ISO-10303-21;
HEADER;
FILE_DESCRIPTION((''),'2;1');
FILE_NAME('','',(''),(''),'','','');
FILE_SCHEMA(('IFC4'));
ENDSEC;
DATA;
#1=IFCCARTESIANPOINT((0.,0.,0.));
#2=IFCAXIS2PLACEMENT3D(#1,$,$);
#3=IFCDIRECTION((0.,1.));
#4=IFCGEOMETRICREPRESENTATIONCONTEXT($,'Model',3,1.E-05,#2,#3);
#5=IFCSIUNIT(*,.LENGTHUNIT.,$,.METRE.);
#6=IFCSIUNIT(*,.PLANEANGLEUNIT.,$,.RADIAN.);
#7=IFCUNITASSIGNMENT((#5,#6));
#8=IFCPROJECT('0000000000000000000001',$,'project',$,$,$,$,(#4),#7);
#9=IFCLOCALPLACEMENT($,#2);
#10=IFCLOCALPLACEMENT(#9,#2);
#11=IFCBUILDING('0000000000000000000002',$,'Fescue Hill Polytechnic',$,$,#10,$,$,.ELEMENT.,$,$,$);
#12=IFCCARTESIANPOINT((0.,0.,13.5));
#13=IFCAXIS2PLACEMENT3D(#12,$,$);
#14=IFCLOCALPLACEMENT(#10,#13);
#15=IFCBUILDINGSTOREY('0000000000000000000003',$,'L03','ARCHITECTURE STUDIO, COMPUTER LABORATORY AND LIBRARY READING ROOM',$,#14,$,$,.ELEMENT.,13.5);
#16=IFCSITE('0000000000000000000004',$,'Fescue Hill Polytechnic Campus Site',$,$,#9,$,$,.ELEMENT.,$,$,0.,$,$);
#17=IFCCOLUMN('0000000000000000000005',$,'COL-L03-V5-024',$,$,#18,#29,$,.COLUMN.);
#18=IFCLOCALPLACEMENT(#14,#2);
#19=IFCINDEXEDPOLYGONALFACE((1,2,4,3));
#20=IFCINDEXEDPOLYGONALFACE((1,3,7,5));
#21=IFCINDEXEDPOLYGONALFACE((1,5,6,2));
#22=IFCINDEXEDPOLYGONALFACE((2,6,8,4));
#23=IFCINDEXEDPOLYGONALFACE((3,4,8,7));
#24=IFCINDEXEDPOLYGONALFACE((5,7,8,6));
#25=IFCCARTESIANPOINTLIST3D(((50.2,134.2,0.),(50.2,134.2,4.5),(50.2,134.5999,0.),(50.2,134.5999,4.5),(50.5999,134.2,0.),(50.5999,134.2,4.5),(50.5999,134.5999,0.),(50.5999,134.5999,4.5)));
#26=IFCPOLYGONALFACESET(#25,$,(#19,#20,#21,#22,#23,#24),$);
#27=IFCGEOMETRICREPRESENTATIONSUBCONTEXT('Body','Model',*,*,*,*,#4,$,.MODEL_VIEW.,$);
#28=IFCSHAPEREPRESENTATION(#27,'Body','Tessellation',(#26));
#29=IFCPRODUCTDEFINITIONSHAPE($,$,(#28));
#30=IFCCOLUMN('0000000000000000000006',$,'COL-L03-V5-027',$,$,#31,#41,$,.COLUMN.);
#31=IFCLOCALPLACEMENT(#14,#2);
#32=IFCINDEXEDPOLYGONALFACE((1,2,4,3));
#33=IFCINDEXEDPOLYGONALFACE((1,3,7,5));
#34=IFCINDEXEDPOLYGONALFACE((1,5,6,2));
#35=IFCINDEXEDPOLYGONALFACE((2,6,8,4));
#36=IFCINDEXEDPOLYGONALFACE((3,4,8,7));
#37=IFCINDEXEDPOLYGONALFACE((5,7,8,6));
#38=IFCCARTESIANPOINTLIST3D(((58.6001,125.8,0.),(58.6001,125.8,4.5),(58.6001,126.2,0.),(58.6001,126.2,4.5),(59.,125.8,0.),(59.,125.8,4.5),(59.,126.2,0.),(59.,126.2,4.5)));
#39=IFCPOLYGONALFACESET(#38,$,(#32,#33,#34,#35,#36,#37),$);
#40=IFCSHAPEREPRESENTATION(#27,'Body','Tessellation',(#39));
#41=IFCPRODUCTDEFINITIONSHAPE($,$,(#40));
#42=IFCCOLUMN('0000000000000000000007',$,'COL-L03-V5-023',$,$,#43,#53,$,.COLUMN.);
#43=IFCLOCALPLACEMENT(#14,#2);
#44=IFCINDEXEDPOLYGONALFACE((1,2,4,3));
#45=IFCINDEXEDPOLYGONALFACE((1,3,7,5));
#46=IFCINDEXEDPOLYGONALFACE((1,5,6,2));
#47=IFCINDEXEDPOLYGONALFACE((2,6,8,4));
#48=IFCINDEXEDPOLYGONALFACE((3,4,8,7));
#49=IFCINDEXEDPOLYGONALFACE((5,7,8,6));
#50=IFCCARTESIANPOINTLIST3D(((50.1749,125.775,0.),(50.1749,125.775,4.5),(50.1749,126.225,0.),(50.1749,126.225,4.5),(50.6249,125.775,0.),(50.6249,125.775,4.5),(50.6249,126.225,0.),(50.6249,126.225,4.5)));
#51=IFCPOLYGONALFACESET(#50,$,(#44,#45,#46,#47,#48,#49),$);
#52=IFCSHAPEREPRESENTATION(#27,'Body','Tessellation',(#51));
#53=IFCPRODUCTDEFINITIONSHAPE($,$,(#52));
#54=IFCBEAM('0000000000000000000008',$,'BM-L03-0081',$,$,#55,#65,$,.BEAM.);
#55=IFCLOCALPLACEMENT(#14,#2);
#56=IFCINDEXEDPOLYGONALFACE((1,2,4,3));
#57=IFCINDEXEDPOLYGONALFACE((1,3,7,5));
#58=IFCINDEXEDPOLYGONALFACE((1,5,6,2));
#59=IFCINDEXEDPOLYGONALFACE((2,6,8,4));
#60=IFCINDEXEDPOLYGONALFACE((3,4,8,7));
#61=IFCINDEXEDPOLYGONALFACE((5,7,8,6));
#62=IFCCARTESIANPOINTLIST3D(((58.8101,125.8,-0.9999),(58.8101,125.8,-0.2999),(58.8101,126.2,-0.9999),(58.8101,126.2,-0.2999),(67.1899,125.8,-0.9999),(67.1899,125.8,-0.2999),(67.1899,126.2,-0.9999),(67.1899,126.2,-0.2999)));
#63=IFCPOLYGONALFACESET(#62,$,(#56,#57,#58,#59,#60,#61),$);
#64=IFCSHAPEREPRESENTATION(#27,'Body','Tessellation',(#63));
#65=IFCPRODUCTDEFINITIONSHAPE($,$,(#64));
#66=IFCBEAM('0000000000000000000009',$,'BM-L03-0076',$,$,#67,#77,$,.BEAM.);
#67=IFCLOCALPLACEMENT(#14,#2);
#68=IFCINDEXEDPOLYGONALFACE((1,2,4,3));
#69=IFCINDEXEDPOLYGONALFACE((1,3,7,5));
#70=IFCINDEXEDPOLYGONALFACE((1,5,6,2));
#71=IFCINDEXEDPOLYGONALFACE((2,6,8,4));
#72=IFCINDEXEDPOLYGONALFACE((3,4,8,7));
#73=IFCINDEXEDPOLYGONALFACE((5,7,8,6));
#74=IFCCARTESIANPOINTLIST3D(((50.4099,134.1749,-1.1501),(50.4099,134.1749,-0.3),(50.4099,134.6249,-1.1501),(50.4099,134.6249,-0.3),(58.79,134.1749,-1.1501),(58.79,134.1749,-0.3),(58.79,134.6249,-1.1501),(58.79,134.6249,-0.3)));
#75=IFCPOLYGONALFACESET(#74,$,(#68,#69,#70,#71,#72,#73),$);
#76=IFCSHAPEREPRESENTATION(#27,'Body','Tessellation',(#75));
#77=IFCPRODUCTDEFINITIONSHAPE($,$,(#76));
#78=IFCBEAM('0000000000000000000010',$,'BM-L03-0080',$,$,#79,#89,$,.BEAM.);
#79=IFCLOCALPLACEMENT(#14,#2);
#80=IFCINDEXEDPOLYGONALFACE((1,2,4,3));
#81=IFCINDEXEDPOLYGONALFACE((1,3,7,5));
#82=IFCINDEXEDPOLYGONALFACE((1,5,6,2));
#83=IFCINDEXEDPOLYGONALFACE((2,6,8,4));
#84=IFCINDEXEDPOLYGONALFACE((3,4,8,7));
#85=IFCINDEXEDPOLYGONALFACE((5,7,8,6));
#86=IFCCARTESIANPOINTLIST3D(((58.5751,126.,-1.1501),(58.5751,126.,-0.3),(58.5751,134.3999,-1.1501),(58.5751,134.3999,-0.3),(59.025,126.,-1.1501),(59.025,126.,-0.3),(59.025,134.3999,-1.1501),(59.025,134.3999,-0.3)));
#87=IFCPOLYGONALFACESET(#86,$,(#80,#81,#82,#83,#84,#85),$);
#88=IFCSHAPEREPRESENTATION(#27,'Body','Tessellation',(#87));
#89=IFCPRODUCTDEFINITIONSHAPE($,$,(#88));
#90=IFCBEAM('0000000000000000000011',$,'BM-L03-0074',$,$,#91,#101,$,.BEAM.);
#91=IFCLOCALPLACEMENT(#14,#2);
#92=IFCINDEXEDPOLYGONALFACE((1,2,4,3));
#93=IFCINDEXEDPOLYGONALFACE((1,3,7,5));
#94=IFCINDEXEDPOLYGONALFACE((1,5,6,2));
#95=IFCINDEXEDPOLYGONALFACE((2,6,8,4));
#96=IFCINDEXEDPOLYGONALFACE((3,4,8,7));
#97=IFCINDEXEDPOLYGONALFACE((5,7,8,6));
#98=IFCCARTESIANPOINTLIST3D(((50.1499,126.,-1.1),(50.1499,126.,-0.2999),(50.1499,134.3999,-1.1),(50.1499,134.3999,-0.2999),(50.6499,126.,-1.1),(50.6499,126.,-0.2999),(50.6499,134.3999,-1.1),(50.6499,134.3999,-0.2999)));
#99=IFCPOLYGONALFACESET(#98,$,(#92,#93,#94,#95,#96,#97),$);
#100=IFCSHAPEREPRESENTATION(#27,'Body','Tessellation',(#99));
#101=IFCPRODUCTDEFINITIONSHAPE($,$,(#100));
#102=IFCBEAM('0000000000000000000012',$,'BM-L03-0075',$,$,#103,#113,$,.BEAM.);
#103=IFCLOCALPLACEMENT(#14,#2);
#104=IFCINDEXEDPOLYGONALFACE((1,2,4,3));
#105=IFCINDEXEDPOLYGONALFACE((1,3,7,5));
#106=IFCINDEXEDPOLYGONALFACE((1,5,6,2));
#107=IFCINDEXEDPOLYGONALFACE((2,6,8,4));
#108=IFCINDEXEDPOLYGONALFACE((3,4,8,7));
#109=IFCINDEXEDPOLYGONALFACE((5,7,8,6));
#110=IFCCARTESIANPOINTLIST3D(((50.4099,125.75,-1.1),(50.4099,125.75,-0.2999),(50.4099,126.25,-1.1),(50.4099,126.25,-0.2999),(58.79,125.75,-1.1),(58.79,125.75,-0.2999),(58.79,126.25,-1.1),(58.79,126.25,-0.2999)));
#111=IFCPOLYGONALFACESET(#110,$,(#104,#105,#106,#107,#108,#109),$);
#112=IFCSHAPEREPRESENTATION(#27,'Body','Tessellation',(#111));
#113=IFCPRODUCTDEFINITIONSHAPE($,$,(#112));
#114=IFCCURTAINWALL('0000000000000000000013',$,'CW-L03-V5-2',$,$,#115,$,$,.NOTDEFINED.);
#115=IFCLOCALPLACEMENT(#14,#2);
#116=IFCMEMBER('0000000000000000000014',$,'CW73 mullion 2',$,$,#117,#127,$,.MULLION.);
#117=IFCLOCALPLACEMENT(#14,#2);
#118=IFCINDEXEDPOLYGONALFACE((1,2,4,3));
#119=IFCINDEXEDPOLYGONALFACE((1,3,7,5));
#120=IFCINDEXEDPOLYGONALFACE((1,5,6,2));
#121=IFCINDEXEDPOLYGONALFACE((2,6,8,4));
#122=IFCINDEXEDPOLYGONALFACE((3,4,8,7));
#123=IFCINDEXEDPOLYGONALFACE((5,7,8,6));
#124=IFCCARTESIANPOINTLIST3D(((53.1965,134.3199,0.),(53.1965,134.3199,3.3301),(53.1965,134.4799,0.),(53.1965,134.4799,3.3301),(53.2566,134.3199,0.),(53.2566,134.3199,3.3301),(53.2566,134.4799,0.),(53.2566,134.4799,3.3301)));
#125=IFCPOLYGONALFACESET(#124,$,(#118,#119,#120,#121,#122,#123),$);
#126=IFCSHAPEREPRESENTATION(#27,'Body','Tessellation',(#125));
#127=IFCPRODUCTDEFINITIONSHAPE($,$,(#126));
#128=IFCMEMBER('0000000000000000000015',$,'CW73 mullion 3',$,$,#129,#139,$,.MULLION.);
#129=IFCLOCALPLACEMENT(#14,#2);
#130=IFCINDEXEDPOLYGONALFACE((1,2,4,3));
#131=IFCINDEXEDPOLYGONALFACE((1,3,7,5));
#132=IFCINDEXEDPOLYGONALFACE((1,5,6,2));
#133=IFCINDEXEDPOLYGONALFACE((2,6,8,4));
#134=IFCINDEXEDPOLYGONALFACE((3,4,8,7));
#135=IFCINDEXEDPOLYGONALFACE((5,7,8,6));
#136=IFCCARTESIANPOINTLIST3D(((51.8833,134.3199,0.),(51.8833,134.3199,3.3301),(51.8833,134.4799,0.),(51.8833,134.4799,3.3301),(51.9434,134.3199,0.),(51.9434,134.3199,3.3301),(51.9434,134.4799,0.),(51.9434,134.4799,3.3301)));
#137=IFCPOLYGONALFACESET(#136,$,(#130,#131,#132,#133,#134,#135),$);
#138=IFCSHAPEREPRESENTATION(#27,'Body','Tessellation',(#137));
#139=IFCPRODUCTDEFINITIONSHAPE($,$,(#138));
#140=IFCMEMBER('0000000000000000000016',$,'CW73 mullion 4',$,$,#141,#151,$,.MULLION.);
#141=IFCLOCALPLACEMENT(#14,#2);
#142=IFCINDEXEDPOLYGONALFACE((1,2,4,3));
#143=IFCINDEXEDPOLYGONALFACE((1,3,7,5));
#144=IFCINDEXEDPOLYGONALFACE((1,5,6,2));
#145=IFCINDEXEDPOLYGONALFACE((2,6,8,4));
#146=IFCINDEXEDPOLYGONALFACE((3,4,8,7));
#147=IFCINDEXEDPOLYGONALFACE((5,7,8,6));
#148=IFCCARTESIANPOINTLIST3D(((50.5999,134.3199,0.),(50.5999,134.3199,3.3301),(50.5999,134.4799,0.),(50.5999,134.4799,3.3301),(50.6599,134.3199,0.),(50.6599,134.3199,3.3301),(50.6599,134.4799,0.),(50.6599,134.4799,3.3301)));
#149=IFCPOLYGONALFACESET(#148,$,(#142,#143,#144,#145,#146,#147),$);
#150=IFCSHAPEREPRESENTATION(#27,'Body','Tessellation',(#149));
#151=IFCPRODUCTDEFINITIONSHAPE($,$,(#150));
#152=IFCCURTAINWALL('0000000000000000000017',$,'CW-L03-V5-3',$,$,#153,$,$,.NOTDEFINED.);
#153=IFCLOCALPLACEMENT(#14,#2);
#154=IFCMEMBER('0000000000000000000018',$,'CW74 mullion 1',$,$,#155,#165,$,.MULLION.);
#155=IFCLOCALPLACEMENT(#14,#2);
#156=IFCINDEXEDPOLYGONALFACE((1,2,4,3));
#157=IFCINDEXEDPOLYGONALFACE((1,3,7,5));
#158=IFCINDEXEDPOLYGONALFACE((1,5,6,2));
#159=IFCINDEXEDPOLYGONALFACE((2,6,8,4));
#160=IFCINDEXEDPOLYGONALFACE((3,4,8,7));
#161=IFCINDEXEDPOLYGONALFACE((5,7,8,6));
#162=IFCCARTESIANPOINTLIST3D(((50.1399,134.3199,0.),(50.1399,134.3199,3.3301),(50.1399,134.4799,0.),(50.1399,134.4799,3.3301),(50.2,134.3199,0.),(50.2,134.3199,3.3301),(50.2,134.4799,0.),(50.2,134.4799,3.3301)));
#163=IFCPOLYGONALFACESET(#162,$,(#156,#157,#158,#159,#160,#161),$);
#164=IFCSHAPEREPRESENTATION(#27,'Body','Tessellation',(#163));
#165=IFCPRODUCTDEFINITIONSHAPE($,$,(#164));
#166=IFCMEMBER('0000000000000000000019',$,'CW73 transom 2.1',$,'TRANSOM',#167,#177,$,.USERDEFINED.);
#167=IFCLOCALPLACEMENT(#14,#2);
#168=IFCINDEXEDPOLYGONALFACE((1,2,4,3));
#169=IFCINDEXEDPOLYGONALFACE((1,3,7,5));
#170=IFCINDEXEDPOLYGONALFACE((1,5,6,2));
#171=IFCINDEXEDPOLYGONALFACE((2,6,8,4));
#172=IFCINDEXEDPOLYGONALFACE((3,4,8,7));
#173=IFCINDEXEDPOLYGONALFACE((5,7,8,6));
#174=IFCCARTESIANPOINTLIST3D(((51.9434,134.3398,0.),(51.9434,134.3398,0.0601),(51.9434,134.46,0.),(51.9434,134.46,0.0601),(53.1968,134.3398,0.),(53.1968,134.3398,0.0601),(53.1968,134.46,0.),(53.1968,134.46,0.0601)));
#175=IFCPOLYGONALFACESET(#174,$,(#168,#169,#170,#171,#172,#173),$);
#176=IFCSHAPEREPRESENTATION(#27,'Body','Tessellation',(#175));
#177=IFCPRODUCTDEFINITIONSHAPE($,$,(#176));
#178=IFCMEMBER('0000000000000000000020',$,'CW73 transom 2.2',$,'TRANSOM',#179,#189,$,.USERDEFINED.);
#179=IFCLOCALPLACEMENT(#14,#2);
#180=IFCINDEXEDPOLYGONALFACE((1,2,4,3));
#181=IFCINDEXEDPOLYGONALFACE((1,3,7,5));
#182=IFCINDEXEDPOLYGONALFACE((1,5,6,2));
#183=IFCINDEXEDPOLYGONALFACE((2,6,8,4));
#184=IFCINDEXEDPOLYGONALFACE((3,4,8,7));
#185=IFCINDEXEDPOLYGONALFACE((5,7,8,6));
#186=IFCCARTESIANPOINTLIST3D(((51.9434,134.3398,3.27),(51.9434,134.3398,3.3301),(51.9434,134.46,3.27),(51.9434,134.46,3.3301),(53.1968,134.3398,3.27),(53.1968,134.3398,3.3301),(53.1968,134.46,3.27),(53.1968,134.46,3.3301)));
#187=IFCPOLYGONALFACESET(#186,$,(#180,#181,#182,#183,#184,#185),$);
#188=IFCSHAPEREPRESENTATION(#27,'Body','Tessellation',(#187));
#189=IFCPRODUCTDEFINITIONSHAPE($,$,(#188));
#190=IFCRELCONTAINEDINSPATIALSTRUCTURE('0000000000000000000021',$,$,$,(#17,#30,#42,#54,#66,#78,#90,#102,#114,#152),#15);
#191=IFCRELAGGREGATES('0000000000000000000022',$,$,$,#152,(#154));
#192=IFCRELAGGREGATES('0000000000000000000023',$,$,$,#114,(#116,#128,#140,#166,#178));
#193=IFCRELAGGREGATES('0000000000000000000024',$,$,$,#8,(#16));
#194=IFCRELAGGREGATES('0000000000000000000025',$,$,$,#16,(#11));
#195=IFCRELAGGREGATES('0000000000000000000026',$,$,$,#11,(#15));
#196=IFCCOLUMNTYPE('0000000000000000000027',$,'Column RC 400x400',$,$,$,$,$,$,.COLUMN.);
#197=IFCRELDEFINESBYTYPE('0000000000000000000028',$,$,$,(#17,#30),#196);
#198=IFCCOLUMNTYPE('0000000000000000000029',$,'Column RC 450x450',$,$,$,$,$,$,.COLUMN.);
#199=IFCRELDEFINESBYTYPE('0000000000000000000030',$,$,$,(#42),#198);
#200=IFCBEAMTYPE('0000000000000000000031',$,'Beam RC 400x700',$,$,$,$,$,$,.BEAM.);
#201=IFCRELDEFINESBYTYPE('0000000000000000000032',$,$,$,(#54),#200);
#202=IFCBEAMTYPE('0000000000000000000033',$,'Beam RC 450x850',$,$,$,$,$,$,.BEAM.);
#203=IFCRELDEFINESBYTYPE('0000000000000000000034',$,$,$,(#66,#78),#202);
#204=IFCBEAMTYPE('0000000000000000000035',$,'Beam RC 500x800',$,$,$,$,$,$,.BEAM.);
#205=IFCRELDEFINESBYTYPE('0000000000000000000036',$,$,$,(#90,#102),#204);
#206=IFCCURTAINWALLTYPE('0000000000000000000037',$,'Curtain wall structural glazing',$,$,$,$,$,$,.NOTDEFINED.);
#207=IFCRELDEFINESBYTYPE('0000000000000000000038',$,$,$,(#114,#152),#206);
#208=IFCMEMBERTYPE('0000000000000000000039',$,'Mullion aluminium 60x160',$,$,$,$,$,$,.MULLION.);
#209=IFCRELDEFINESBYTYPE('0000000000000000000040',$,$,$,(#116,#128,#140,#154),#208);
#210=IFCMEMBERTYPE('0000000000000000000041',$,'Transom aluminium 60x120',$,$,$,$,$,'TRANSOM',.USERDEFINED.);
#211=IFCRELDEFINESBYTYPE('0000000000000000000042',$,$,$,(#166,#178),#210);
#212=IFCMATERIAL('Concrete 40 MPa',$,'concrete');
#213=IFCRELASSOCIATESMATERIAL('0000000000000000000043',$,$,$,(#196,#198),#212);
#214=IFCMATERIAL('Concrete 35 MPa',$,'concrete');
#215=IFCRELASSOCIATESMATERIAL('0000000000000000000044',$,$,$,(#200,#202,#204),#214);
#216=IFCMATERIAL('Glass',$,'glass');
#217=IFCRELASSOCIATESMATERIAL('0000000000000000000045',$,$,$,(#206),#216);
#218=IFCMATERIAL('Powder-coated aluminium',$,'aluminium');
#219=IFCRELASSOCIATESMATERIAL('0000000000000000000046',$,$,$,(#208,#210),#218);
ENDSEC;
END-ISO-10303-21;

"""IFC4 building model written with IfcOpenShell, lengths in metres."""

from ifc_helpers import new_model, si_unit, direction, frame, origin, origin_2d, place, context, subcontext, project, spatial, rectangle, extrude, material, material_profile, profile_set, type_object, element, aggregate, save


model = new_model("IFC4")

# Units and contexts
model_context = context("Model", 3, precision=1e-05, world=origin(), true_north=direction((0.0, 1.0)))
body_context = subcontext(model_context, "Body", "Model", "MODEL_VIEW")
ifc_project = project(units=[si_unit("LENGTHUNIT", "METRE"), si_unit("PLANEANGLEUNIT", "RADIAN")], contexts=[model_context])

# Site, building, storey
site_placement = place(None, origin())
site = spatial("IfcSite", under=ifc_project, at=site_placement, Name="Fescue Hill Polytechnic Campus Site", CompositionType="ELEMENT", RefElevation=0.0)
building_placement = place(site_placement, origin())
building = spatial("IfcBuilding", under=site, at=building_placement, Name="Fescue Hill Polytechnic", CompositionType="ELEMENT")
storey_placement = place(building_placement, frame((0.0, 0.0, 13.5)))
storey = spatial("IfcBuildingStorey", under=building, at=storey_placement, Name="L03", Description="ARCHITECTURE STUDIO, COMPUTER LABORATORY AND LIBRARY READING ROOM", CompositionType="ELEMENT", Elevation=13.5)

# Columns
ifc_material_1 = material(Name="Concrete 40 MPa", Category="concrete")
ifc_material_profile_1 = material_profile(ifc_material_1, rectangle(XDim=0.3999, YDim=0.3999, at=origin_2d()), Name="RC 400x400")
ifc_profile_set_1 = profile_set([ifc_material_profile_1], Name="Concrete 40 MPa")
column_type_1 = type_object("IfcColumnType", Name="Column RC 400x400", PredefinedType="COLUMN", material=ifc_profile_set_1)
for number, where, z_axis, x_axis, name in (
    (1, (50.3999, 134.3999, 0.0), (0.0, 0.0, 1.0), (1.0, 0.0, 0.0), "COL-L03-V5-024"),
    (2, (58.8, 126.0, 0.0), (0.0, 0.0, 1.0), (1.0, 0.0, 0.0), "COL-L03-V5-027"),
):
    element("IfcColumn", number, at=place(storey_placement, frame(where, z_axis=z_axis, x_axis=x_axis)), inside=storey, type_object=column_type_1, Name=name, PredefinedType="COLUMN", context=body_context, shape_type="SweptSolid", body=[
        extrude(rectangle(XDim=0.3999, YDim=0.3999, at=origin_2d()), origin(), (0.0, 0.0, 1.0), 4.5),
    ])
ifc_material_profile_2 = material_profile(ifc_material_1, rectangle(XDim=0.45, YDim=0.45, at=origin_2d()), Name="RC 450x450")
ifc_profile_set_2 = profile_set([ifc_material_profile_2], Name="Concrete 40 MPa")
column_type_2 = type_object("IfcColumnType", Name="Column RC 450x450", PredefinedType="COLUMN", material=ifc_profile_set_2)
column_placement = place(storey_placement, frame((50.3999, 126.0, 0.0), z_axis=(0.0, 0.0, 1.0), x_axis=(1.0, 0.0, 0.0)))
element("IfcColumn", 3, at=column_placement, inside=storey, type_object=column_type_2, Name="COL-L03-V5-023", PredefinedType="COLUMN", context=body_context, shape_type="SweptSolid", body=[
    extrude(rectangle(XDim=0.45, YDim=0.45, at=origin_2d()), origin(), (0.0, 0.0, 1.0), 4.5),
])

# Beams
ifc_material_2 = material(Name="Concrete 35 MPa", Category="concrete")
ifc_material_profile_3 = material_profile(ifc_material_2, rectangle(XDim=0.3999, YDim=0.7, at=origin_2d()), Name="RC 400x700")
ifc_profile_set_3 = profile_set([ifc_material_profile_3], Name="Concrete 35 MPa")
beam_type_1 = type_object("IfcBeamType", Name="Beam RC 400x700", PredefinedType="BEAM", material=ifc_profile_set_3)
beam_1_placement = place(storey_placement, frame((58.8101, 126.0, -0.6499), z_axis=(1.0, 0.0, 0.0), x_axis=(0.0, 1.0, 0.0)))
element("IfcBeam", 4, at=beam_1_placement, inside=storey, type_object=beam_type_1, Name="BM-L03-0081", PredefinedType="BEAM", context=body_context, shape_type="SweptSolid", body=[
    extrude(rectangle(XDim=0.3999, YDim=0.7, at=origin_2d()), origin(), (0.0, 0.0, 1.0), 8.3799),
])
ifc_material_profile_4 = material_profile(ifc_material_2, rectangle(XDim=0.45, YDim=0.8501, at=origin_2d()), Name="RC 450x850")
ifc_profile_set_4 = profile_set([ifc_material_profile_4], Name="Concrete 35 MPa")
beam_type_2 = type_object("IfcBeamType", Name="Beam RC 450x850", PredefinedType="BEAM", material=ifc_profile_set_4)
beam_2_placement = place(storey_placement, frame((50.4099, 134.3999, -0.7251), z_axis=(1.0, 0.0, 0.0), x_axis=(0.0, 1.0, 0.0)))
element("IfcBeam", 5, at=beam_2_placement, inside=storey, type_object=beam_type_2, Name="BM-L03-0076", PredefinedType="BEAM", context=body_context, shape_type="SweptSolid", body=[
    extrude(rectangle(XDim=0.45, YDim=0.8501, at=origin_2d()), origin(), (0.0, 0.0, 1.0), 8.3801),
])
beam_3_placement = place(storey_placement, frame((58.8, 126.0, -0.7251), z_axis=(0.0, 1.0, 0.0), x_axis=(-1.0, 0.0, 0.0)))
element("IfcBeam", 6, at=beam_3_placement, inside=storey, type_object=beam_type_2, Name="BM-L03-0080", PredefinedType="BEAM", context=body_context, shape_type="SweptSolid", body=[
    extrude(rectangle(XDim=0.45, YDim=0.8501, at=origin_2d()), origin(), (0.0, 0.0, 1.0), 8.3999),
])
ifc_material_profile_5 = material_profile(ifc_material_2, rectangle(XDim=0.5, YDim=0.8, at=origin_2d()), Name="RC 500x800")
ifc_profile_set_5 = profile_set([ifc_material_profile_5], Name="Concrete 35 MPa")
beam_type_3 = type_object("IfcBeamType", Name="Beam RC 500x800", PredefinedType="BEAM", material=ifc_profile_set_5)
beam_4_placement = place(storey_placement, frame((50.3999, 126.0, -0.7), z_axis=(0.0, 1.0, 0.0), x_axis=(-1.0, 0.0, 0.0)))
element("IfcBeam", 7, at=beam_4_placement, inside=storey, type_object=beam_type_3, Name="BM-L03-0074", PredefinedType="BEAM", context=body_context, shape_type="SweptSolid", body=[
    extrude(rectangle(XDim=0.5, YDim=0.8, at=origin_2d()), origin(), (0.0, 0.0, 1.0), 8.3999),
])
beam_5_placement = place(storey_placement, frame((50.4099, 126.0, -0.7), z_axis=(1.0, 0.0, 0.0), x_axis=(0.0, 1.0, 0.0)))
element("IfcBeam", 8, at=beam_5_placement, inside=storey, type_object=beam_type_3, Name="BM-L03-0075", PredefinedType="BEAM", context=body_context, shape_type="SweptSolid", body=[
    extrude(rectangle(XDim=0.5, YDim=0.8, at=origin_2d()), origin(), (0.0, 0.0, 1.0), 8.3801),
])

# Curtain wall, members
ifc_material_3 = material(Name="Glass", Category="glass")
curtain_wall_type = type_object("IfcCurtainWallType", Name="Curtain wall structural glazing", PredefinedType="NOTDEFINED", material=ifc_material_3)
curtain_wall_1_placement = place(storey_placement, origin())
curtain_wall_1 = element("IfcCurtainWall", 9, at=curtain_wall_1_placement, inside=storey, type_object=curtain_wall_type, Name="CW-L03-V5-2", PredefinedType="NOTDEFINED")
ifc_material_4 = material(Name="Powder-coated aluminium", Category="aluminium")
ifc_material_profile_6 = material_profile(ifc_material_4, rectangle(XDim=0.1599, YDim=0.0601, at=origin_2d()), Name="Mullion aluminium 60x160")
ifc_profile_set_6 = profile_set([ifc_material_profile_6], Name="Powder-coated aluminium")
member_type_1 = type_object("IfcMemberType", Name="Mullion aluminium 60x160", PredefinedType="MULLION", material=ifc_profile_set_6)
member_1_placement = place(storey_placement, frame((53.2266, 134.3999, 0.0), z_axis=(0.0, 0.0, 1.0), x_axis=(0.0, -1.0, 0.0)))
member_1 = element("IfcMember", 10, at=member_1_placement, type_object=member_type_1, Name="CW73 mullion 2", PredefinedType="MULLION", context=body_context, shape_type="SweptSolid", body=[
    extrude(rectangle(XDim=0.1599, YDim=0.0601, at=origin_2d()), origin(), (0.0, 0.0, 1.0), 3.3301),
])
member_2_placement = place(storey_placement, frame((51.9133, 134.3999, 0.0), z_axis=(0.0, 0.0, 1.0), x_axis=(0.0, -1.0, 0.0)))
member_2 = element("IfcMember", 11, at=member_2_placement, type_object=member_type_1, Name="CW73 mullion 3", PredefinedType="MULLION", context=body_context, shape_type="SweptSolid", body=[
    extrude(rectangle(XDim=0.1599, YDim=0.0601, at=origin_2d()), origin(), (0.0, 0.0, 1.0), 3.3301),
])
member_3_placement = place(storey_placement, frame((50.6299, 134.3999, 0.0), z_axis=(0.0, 0.0, 1.0), x_axis=(0.0, -1.0, 0.0)))
member_3 = element("IfcMember", 12, at=member_3_placement, type_object=member_type_1, Name="CW73 mullion 4", PredefinedType="MULLION", context=body_context, shape_type="SweptSolid", body=[
    extrude(rectangle(XDim=0.1599, YDim=0.0601, at=origin_2d()), origin(), (0.0, 0.0, 1.0), 3.3301),
])

# Curtain wall, member
curtain_wall_2_placement = place(storey_placement, origin())
curtain_wall_2 = element("IfcCurtainWall", 13, at=curtain_wall_2_placement, inside=storey, type_object=curtain_wall_type, Name="CW-L03-V5-3", PredefinedType="NOTDEFINED")
member_4_placement = place(storey_placement, frame((50.1699, 134.3999, 0.0), z_axis=(0.0, 0.0, 1.0), x_axis=(0.0, -1.0, 0.0)))
member_4 = element("IfcMember", 14, at=member_4_placement, type_object=member_type_1, Name="CW74 mullion 1", PredefinedType="MULLION", context=body_context, shape_type="SweptSolid", body=[
    extrude(rectangle(XDim=0.1599, YDim=0.0601, at=origin_2d()), origin(), (0.0, 0.0, 1.0), 3.3301),
])

# Members
ifc_material_profile_7 = material_profile(ifc_material_4, rectangle(XDim=0.1201, YDim=0.0601, at=origin_2d()), Name="Transom aluminium 60x120")
ifc_profile_set_7 = profile_set([ifc_material_profile_7], Name="Powder-coated aluminium")
member_type_2 = type_object("IfcMemberType", Name="Transom aluminium 60x120", ElementType="TRANSOM", PredefinedType="USERDEFINED", material=ifc_profile_set_7)
member_5_placement = place(storey_placement, frame((53.1968, 134.3999, 0.03), z_axis=(-1.0, 0.0, 0.0), x_axis=(0.0, -1.0, 0.0)))
member_5 = element("IfcMember", 15, at=member_5_placement, type_object=member_type_2, Name="CW73 transom 2.1", ObjectType="TRANSOM", PredefinedType="USERDEFINED", context=body_context, shape_type="SweptSolid", body=[
    extrude(rectangle(XDim=0.1201, YDim=0.0601, at=origin_2d()), origin(), (0.0, 0.0, 1.0), 1.2534),
])
member_6_placement = place(storey_placement, frame((53.1968, 134.3999, 3.3), z_axis=(-1.0, 0.0, 0.0), x_axis=(0.0, -1.0, 0.0)))
member_6 = element("IfcMember", 16, at=member_6_placement, type_object=member_type_2, Name="CW73 transom 2.2", ObjectType="TRANSOM", PredefinedType="USERDEFINED", context=body_context, shape_type="SweptSolid", body=[
    extrude(rectangle(XDim=0.1201, YDim=0.0601, at=origin_2d()), origin(), (0.0, 0.0, 1.0), 1.2534),
])
aggregate(curtain_wall_2, [member_4])

aggregate(curtain_wall_1, [member_1, member_2, member_3, member_5, member_6])

save(model, "model.ifc")
